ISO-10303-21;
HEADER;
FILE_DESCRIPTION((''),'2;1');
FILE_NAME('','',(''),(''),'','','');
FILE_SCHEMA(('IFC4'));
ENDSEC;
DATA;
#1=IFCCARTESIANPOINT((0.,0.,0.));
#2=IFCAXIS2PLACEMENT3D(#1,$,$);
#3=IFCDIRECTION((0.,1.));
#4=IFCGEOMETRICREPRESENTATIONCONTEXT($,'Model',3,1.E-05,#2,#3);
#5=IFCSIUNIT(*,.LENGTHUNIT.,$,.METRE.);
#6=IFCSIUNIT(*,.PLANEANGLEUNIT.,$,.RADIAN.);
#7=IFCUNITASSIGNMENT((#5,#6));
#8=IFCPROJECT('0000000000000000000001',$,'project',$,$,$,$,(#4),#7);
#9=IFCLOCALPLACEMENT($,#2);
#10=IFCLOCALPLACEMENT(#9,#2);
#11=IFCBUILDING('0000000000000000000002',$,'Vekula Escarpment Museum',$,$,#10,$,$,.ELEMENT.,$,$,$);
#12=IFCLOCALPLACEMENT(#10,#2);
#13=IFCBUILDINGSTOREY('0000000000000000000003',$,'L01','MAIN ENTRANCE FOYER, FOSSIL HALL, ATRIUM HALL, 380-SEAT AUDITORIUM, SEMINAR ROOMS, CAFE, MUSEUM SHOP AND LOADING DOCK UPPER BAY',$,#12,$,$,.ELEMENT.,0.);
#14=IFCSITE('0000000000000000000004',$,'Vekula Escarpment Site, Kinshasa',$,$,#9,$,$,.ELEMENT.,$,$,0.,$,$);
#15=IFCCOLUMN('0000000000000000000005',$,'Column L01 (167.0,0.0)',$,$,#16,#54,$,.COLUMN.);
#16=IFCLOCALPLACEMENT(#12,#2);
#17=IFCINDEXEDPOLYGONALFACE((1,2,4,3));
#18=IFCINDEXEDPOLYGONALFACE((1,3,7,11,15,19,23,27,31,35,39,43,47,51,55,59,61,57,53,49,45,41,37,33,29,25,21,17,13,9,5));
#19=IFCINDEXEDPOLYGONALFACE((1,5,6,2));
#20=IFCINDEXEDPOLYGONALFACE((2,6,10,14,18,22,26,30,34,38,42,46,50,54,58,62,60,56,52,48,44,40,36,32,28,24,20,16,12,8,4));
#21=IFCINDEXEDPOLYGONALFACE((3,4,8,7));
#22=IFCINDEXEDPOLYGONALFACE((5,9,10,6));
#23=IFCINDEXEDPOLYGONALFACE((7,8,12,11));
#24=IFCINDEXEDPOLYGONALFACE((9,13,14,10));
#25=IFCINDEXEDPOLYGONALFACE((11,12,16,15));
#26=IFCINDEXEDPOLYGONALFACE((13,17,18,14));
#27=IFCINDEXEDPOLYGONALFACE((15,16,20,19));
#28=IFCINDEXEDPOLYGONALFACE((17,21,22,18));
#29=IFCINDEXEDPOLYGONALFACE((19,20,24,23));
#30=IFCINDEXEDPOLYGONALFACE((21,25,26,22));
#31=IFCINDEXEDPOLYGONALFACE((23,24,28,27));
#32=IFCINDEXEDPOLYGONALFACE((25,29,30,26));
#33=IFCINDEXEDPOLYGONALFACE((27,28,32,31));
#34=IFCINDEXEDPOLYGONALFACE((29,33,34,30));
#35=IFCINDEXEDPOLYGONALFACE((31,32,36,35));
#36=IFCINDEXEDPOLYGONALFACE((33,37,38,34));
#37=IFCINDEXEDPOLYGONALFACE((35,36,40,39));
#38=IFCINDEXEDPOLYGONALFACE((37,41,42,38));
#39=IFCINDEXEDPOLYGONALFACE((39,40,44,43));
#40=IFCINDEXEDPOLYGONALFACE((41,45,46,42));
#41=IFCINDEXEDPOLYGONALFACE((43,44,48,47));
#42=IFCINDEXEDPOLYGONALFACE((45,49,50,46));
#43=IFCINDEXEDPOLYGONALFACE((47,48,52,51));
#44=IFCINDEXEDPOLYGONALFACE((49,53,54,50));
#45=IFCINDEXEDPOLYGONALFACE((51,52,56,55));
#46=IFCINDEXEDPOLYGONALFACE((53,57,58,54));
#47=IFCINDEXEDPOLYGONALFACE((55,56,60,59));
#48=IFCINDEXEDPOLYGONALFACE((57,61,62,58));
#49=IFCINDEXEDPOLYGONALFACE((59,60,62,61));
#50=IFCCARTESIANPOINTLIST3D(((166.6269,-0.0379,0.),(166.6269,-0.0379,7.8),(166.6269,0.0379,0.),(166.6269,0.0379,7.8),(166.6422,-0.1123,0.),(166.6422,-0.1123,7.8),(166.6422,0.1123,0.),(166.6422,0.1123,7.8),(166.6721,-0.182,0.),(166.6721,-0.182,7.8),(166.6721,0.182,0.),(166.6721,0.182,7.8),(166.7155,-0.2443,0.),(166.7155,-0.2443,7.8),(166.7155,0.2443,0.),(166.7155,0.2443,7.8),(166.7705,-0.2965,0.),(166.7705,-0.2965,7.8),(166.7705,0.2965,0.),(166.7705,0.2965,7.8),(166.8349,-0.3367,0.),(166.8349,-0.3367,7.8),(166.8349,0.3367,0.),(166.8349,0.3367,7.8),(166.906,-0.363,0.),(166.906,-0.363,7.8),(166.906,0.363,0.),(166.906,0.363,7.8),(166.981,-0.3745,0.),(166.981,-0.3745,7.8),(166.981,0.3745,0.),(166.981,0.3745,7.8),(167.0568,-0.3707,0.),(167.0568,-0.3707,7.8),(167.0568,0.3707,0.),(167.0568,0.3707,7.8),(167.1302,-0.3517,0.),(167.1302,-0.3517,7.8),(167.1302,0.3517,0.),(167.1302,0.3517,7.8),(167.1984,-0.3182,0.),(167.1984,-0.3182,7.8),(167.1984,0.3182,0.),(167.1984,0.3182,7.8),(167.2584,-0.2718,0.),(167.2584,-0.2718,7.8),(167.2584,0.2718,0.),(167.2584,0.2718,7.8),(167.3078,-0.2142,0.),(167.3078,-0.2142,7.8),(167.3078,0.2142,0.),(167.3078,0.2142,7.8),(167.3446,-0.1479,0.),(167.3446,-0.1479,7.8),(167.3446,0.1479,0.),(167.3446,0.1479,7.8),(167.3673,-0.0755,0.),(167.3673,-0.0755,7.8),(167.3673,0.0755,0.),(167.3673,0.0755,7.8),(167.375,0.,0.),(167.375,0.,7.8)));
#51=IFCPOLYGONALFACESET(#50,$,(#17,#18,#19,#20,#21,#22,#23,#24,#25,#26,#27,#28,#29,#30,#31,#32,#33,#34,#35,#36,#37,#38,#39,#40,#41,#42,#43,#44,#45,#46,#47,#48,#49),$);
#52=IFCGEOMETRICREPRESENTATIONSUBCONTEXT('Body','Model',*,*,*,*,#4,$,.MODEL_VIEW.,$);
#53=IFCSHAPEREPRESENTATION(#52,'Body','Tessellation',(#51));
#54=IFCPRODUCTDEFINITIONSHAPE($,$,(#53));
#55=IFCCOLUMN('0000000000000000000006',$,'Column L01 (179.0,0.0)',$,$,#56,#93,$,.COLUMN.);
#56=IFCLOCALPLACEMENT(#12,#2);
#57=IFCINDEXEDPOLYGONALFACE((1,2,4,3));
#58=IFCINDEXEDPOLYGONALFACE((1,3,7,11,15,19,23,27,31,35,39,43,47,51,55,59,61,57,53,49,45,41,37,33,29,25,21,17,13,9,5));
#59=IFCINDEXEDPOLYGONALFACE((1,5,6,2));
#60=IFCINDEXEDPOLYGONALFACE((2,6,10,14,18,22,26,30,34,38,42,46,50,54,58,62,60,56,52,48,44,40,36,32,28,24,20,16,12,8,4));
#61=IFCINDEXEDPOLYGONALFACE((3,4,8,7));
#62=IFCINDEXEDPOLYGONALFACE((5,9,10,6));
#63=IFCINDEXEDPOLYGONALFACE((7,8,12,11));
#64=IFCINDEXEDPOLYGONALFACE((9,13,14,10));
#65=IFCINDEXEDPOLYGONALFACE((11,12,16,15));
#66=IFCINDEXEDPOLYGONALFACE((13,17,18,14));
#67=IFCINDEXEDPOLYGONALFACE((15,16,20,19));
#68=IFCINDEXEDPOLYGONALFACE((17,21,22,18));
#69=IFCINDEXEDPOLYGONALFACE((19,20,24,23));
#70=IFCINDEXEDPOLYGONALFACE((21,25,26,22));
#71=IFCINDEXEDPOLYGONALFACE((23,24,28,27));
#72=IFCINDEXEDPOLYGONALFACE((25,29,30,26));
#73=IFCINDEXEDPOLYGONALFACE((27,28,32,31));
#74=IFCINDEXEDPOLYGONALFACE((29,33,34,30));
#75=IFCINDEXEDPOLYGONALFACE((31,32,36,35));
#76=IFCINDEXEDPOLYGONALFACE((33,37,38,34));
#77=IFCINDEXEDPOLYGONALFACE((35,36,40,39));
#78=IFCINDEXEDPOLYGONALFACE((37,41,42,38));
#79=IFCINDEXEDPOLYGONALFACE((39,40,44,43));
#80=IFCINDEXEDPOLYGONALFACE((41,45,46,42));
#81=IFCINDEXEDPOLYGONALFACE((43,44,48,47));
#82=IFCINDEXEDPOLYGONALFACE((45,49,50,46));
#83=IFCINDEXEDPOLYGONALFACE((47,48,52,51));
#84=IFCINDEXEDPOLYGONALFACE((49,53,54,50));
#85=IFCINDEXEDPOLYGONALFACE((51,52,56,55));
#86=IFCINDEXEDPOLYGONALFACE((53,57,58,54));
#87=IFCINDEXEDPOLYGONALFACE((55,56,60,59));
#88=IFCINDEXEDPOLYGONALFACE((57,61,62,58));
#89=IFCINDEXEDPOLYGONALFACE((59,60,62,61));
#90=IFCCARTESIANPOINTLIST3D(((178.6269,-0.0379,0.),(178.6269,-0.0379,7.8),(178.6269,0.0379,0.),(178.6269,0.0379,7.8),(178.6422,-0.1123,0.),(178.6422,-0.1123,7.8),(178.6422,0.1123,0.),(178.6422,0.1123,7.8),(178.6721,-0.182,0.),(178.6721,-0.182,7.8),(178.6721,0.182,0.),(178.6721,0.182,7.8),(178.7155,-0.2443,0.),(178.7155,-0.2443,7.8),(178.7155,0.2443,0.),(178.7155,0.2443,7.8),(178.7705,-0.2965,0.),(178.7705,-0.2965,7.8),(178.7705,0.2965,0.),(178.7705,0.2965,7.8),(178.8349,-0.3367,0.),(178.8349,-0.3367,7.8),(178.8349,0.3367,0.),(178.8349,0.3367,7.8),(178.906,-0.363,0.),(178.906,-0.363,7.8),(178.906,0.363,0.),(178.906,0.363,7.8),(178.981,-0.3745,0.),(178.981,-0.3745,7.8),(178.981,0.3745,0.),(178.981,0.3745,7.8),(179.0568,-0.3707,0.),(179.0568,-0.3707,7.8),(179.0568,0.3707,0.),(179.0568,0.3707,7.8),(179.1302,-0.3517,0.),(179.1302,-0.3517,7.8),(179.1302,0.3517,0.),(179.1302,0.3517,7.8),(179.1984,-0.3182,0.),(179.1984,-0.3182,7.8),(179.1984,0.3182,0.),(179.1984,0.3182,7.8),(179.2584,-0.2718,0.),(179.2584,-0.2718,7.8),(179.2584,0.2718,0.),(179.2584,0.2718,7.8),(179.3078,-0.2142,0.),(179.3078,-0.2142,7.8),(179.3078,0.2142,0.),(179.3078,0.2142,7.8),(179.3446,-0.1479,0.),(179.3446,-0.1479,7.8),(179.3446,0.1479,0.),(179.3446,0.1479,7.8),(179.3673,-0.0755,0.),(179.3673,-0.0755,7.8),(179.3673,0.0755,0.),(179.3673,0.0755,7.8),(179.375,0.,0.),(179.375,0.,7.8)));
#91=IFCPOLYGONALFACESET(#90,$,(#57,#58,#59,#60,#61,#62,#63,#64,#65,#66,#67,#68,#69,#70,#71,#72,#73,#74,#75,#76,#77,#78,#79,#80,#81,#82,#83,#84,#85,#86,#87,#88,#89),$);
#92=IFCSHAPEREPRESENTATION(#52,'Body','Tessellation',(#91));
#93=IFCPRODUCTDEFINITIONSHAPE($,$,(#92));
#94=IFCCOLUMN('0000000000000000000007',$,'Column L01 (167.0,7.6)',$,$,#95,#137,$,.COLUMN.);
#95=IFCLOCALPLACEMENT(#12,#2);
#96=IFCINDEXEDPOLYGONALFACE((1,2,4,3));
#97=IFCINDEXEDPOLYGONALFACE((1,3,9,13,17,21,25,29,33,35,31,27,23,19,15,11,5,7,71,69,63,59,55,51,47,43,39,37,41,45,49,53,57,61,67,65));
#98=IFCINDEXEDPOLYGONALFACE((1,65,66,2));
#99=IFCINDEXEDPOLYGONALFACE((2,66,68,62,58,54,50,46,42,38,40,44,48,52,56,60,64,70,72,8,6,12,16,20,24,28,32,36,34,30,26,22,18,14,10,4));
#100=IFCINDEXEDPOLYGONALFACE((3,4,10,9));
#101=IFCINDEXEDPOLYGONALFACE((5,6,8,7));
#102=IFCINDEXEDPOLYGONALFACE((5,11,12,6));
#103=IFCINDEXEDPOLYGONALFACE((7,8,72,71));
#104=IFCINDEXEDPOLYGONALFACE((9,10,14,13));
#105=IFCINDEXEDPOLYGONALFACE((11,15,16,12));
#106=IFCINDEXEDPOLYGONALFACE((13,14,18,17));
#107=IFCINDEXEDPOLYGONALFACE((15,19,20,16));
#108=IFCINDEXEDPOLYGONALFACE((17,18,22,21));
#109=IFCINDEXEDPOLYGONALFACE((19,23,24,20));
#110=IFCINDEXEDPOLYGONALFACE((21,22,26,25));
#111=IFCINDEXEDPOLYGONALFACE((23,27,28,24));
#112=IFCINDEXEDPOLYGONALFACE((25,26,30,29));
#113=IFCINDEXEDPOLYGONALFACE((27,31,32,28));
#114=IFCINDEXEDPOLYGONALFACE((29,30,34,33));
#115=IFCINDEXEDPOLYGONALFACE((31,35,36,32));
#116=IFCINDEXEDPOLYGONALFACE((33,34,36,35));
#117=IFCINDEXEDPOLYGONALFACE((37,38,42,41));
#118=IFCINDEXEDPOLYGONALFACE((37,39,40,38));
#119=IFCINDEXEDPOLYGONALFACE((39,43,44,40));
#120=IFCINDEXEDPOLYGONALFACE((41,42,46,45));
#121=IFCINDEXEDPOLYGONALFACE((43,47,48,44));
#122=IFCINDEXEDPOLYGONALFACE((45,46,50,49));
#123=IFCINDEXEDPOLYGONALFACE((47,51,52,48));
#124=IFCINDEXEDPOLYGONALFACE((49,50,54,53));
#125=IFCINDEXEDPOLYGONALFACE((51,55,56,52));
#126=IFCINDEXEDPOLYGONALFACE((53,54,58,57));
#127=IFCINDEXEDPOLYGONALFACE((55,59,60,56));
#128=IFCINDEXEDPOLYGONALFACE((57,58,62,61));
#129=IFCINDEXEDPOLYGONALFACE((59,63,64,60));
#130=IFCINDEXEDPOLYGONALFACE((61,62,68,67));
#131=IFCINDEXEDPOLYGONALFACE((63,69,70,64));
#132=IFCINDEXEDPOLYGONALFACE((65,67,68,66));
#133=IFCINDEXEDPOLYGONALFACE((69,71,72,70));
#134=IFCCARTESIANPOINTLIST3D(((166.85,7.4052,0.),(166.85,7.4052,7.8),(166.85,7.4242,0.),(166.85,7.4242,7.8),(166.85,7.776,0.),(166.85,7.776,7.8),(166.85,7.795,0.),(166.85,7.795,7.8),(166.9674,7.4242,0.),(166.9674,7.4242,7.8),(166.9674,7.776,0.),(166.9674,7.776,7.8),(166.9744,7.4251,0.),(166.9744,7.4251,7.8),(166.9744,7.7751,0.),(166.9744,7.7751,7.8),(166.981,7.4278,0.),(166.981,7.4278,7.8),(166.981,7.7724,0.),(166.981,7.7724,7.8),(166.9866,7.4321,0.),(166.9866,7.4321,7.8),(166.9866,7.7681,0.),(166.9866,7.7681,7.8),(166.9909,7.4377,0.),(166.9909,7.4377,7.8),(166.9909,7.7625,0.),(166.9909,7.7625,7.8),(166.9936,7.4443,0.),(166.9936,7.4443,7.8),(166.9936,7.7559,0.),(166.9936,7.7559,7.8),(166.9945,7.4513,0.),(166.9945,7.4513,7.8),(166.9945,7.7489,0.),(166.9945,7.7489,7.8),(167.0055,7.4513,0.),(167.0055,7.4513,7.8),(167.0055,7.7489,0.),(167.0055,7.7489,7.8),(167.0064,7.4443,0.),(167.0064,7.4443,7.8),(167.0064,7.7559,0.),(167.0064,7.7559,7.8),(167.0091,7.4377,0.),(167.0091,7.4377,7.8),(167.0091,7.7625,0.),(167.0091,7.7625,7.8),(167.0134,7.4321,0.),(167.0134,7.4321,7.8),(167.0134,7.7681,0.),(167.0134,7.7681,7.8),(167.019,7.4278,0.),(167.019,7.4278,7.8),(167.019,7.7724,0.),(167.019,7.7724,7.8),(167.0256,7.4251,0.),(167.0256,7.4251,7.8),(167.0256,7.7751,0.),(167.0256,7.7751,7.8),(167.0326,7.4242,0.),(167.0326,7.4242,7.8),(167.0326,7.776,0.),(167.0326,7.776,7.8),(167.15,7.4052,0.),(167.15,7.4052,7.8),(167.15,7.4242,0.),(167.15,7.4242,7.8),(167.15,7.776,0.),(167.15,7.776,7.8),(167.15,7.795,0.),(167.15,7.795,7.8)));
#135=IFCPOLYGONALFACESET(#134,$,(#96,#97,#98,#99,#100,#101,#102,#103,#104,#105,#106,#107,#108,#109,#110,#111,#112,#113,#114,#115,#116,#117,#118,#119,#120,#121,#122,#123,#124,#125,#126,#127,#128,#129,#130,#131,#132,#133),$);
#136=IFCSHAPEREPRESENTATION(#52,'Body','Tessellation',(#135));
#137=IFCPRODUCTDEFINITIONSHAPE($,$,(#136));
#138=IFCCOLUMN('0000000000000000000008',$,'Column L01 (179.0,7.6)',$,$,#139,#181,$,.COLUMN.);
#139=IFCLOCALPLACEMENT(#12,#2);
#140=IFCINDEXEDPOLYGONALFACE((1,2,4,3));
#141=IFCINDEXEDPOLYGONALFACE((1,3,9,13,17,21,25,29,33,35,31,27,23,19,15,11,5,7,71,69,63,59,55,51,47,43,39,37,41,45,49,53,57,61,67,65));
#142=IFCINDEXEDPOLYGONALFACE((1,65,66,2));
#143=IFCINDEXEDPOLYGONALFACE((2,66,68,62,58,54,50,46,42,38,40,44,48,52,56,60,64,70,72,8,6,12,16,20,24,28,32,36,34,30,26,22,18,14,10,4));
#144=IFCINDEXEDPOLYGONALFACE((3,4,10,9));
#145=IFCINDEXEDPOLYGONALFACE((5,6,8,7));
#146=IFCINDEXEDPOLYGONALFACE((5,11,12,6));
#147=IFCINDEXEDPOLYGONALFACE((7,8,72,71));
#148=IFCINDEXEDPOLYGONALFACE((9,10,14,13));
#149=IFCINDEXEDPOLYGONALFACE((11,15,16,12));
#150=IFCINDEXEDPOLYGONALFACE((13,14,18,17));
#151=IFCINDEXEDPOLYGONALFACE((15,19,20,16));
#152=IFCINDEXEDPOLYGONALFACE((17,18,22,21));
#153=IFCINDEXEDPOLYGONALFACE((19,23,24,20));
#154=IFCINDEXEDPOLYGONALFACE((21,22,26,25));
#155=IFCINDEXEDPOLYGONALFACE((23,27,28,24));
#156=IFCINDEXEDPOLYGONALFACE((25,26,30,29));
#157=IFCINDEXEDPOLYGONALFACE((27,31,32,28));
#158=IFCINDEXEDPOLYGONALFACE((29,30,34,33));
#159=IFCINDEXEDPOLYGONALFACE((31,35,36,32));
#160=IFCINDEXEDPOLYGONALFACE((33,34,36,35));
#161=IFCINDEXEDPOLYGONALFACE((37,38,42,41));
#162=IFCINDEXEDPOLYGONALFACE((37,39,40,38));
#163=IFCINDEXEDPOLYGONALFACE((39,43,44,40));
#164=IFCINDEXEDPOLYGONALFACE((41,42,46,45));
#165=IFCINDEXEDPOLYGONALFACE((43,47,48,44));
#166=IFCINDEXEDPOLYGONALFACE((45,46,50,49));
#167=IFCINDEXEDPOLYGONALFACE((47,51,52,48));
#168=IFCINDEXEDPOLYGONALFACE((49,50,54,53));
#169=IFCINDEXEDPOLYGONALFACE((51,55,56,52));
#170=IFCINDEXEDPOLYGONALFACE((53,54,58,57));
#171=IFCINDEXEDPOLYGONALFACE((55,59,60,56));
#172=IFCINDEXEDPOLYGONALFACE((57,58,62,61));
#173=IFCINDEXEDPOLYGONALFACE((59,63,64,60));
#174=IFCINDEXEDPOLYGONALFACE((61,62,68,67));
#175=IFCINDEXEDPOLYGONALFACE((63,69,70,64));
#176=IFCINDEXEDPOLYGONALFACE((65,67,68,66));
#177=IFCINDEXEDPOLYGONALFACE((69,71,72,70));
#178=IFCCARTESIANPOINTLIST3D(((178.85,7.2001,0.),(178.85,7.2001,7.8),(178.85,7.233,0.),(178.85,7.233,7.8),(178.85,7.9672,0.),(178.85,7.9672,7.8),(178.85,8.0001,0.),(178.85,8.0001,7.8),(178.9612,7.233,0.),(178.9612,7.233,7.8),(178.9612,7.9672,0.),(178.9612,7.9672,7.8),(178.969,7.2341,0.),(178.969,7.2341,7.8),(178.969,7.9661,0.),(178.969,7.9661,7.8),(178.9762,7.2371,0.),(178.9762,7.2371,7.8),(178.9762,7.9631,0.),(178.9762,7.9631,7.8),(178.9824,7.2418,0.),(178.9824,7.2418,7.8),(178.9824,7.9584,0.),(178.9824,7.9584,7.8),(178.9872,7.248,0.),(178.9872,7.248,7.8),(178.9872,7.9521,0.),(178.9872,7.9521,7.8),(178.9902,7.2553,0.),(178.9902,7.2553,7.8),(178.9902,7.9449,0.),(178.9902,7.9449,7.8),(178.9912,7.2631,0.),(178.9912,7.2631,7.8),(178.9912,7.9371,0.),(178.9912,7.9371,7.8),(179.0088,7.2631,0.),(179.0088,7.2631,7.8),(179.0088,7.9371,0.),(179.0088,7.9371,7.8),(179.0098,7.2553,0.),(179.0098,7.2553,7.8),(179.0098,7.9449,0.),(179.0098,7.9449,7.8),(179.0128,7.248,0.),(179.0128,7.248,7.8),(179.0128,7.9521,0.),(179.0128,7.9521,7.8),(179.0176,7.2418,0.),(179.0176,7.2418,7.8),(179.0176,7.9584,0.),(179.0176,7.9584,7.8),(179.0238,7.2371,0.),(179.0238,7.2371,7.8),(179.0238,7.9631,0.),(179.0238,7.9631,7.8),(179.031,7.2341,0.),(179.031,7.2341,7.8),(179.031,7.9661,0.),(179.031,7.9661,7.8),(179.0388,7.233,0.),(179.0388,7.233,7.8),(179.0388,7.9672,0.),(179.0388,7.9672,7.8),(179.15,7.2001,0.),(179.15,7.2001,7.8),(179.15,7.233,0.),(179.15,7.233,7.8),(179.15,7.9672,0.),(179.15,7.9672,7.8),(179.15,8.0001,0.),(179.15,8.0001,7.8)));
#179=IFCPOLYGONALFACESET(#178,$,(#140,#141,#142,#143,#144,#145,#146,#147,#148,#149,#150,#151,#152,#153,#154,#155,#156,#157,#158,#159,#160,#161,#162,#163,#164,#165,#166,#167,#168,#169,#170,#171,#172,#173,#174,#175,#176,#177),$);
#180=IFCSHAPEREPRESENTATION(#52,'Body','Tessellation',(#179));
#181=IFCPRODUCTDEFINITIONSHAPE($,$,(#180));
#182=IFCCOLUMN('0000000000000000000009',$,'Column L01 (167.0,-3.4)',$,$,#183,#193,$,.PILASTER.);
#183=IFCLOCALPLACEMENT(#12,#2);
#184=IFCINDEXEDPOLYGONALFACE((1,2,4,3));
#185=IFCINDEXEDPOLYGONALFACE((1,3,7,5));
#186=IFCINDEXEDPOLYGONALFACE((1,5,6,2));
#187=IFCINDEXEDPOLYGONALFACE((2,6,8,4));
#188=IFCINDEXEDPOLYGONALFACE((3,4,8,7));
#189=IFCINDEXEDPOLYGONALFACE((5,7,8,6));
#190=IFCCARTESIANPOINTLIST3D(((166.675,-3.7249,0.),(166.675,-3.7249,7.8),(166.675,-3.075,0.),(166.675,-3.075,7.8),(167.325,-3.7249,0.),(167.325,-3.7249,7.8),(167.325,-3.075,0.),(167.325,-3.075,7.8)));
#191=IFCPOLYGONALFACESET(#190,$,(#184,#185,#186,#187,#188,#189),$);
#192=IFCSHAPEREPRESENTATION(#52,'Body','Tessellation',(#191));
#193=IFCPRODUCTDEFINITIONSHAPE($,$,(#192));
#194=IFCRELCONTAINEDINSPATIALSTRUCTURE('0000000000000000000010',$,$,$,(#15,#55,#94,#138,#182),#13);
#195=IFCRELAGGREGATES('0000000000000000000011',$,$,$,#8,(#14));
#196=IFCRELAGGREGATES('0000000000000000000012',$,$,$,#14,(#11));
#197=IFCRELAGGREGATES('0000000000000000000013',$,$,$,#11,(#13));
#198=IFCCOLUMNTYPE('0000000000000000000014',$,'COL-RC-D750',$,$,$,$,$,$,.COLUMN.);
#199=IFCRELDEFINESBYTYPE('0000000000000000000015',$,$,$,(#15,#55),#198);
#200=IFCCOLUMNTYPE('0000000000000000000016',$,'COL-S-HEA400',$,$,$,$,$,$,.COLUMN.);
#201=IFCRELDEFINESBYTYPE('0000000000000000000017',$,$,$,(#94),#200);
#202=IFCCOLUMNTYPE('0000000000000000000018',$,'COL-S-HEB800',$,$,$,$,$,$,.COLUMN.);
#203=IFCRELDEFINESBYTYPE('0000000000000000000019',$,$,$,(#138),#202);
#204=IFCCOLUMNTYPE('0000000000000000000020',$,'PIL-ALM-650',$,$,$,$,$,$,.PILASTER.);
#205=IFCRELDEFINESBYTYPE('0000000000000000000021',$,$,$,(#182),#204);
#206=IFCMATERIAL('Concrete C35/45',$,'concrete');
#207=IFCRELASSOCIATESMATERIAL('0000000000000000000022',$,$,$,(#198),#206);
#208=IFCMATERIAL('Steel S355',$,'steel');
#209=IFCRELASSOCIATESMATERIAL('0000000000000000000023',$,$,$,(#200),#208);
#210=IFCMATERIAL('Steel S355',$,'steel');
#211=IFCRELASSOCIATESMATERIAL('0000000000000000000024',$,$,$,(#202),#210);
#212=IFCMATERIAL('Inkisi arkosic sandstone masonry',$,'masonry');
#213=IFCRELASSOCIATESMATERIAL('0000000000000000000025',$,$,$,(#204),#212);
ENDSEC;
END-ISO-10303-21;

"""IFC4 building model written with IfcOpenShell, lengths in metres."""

from ifc_helpers import new_model, si_unit, direction, frame, origin, origin_2d, place, context, subcontext, project, spatial, rectangle, circle, i_section, extrude, material, material_profile, profile_set, type_object, element, save


model = new_model("IFC4")

# Units and contexts
model_context = context("Model", 3, precision=1e-05, world=origin(), true_north=direction((0.0, 1.0)))
body_context = subcontext(model_context, "Body", "Model", "MODEL_VIEW")
ifc_project = project(units=[si_unit("LENGTHUNIT", "METRE"), si_unit("PLANEANGLEUNIT", "RADIAN")], contexts=[model_context])

# Site, building, storey
site_placement = place(None, origin())
site = spatial("IfcSite", under=ifc_project, at=site_placement, Name="Vekula Escarpment Site, Kinshasa", CompositionType="ELEMENT", RefElevation=0.0)
building_placement = place(site_placement, origin())
building = spatial("IfcBuilding", under=site, at=building_placement, Name="Vekula Escarpment Museum", CompositionType="ELEMENT")
storey_placement = place(building_placement, origin())
storey = spatial("IfcBuildingStorey", under=building, at=storey_placement, Name="L01", Description="MAIN ENTRANCE FOYER, FOSSIL HALL, ATRIUM HALL, 380-SEAT AUDITORIUM, SEMINAR ROOMS, CAFE, MUSEUM SHOP AND LOADING DOCK UPPER BAY", CompositionType="ELEMENT", Elevation=0.0)

# Columns
ifc_material_1 = material(Name="Concrete C35/45", Category="concrete")
ifc_material_profile_1 = material_profile(ifc_material_1, circle(Radius=0.375, at=origin_2d()), Name="RC COL D750")
ifc_profile_set_1 = profile_set([ifc_material_profile_1], Name="Concrete C35/45")
column_type_1 = type_object("IfcColumnType", Name="COL-RC-D750", PredefinedType="COLUMN", material=ifc_profile_set_1)
for number, where, z_axis, x_axis, name in (
    (1, (167.0, 0.0, 0.0), (0.0, 0.0, 1.0), (1.0, 0.0, 0.0), "Column L01 (167.0,0.0)"),
    (2, (179.0, 0.0, 0.0), (0.0, 0.0, 1.0), (1.0, 0.0, 0.0), "Column L01 (179.0,0.0)"),
):
    element("IfcColumn", number, at=place(storey_placement, frame(where, z_axis=z_axis, x_axis=x_axis)), inside=storey, type_object=column_type_1, Name=name, PredefinedType="COLUMN", context=body_context, shape_type="SweptSolid", body=[
        extrude(circle(Radius=0.375, at=origin_2d()), origin(), (0.0, 0.0, 1.0), 7.8),
    ])
ifc_material_2 = material(Name="Steel S355", Category="steel")
ifc_material_profile_2 = material_profile(ifc_material_2, i_section(OverallWidth=0.3, OverallDepth=0.3899, WebThickness=0.011, FlangeThickness=0.019, FilletRadius=0.0271, at=origin_2d()), Name="HEA 400")
ifc_profile_set_2 = profile_set([ifc_material_profile_2], Name="Steel S355")
column_type_2 = type_object("IfcColumnType", Name="COL-S-HEA400", PredefinedType="COLUMN", material=ifc_profile_set_2)
column_1_placement = place(storey_placement, frame((167.0, 7.6001, 0.0), z_axis=(0.0, 0.0, 1.0), x_axis=(1.0, 0.0, 0.0)))
element("IfcColumn", 3, at=column_1_placement, inside=storey, type_object=column_type_2, Name="Column L01 (167.0,7.6)", PredefinedType="COLUMN", context=body_context, shape_type="SweptSolid", body=[
    extrude(i_section(OverallWidth=0.3, OverallDepth=0.3899, WebThickness=0.011, FlangeThickness=0.019, FilletRadius=0.0271, at=origin_2d()), origin(), (0.0, 0.0, 1.0), 7.8),
])
ifc_material_3 = material(Name="Steel S355", Category="steel")
ifc_material_profile_3 = material_profile(ifc_material_3, i_section(OverallWidth=0.3, OverallDepth=0.8, WebThickness=0.0176, FlangeThickness=0.033, FilletRadius=0.03, at=origin_2d()), Name="HEB 800")
ifc_profile_set_3 = profile_set([ifc_material_profile_3], Name="Steel S355")
column_type_3 = type_object("IfcColumnType", Name="COL-S-HEB800", PredefinedType="COLUMN", material=ifc_profile_set_3)
column_2_placement = place(storey_placement, frame((179.0, 7.6001, 0.0), z_axis=(0.0, 0.0, 1.0), x_axis=(1.0, 0.0, 0.0)))
element("IfcColumn", 4, at=column_2_placement, inside=storey, type_object=column_type_3, Name="Column L01 (179.0,7.6)", PredefinedType="COLUMN", context=body_context, shape_type="SweptSolid", body=[
    extrude(i_section(OverallWidth=0.3, OverallDepth=0.8, WebThickness=0.0176, FlangeThickness=0.033, FilletRadius=0.03, at=origin_2d()), origin(), (0.0, 0.0, 1.0), 7.8),
])
ifc_material_4 = material(Name="Inkisi arkosic sandstone masonry", Category="masonry")
ifc_material_profile_4 = material_profile(ifc_material_4, rectangle(XDim=0.6499, YDim=0.6499, at=origin_2d()), Name="PIER 650x650")
ifc_profile_set_4 = profile_set([ifc_material_profile_4], Name="Inkisi arkosic sandstone masonry")
column_type_4 = type_object("IfcColumnType", Name="PIL-ALM-650", PredefinedType="PILASTER", material=ifc_profile_set_4)
for number, where, z_axis, x_axis, name in (
    (5, (167.0, -3.3999, 0.0), (0.0, 0.0, 1.0), (1.0, 0.0, 0.0), "Column L01 (167.0,-3.4)"),
):
    element("IfcColumn", number, at=place(storey_placement, frame(where, z_axis=z_axis, x_axis=x_axis)), inside=storey, type_object=column_type_4, Name=name, PredefinedType="PILASTER", context=body_context, shape_type="SweptSolid", body=[
        extrude(rectangle(XDim=0.6499, YDim=0.6499, at=origin_2d()), origin(), (0.0, 0.0, 1.0), 7.8),
    ])

save(model, "model.ifc")
